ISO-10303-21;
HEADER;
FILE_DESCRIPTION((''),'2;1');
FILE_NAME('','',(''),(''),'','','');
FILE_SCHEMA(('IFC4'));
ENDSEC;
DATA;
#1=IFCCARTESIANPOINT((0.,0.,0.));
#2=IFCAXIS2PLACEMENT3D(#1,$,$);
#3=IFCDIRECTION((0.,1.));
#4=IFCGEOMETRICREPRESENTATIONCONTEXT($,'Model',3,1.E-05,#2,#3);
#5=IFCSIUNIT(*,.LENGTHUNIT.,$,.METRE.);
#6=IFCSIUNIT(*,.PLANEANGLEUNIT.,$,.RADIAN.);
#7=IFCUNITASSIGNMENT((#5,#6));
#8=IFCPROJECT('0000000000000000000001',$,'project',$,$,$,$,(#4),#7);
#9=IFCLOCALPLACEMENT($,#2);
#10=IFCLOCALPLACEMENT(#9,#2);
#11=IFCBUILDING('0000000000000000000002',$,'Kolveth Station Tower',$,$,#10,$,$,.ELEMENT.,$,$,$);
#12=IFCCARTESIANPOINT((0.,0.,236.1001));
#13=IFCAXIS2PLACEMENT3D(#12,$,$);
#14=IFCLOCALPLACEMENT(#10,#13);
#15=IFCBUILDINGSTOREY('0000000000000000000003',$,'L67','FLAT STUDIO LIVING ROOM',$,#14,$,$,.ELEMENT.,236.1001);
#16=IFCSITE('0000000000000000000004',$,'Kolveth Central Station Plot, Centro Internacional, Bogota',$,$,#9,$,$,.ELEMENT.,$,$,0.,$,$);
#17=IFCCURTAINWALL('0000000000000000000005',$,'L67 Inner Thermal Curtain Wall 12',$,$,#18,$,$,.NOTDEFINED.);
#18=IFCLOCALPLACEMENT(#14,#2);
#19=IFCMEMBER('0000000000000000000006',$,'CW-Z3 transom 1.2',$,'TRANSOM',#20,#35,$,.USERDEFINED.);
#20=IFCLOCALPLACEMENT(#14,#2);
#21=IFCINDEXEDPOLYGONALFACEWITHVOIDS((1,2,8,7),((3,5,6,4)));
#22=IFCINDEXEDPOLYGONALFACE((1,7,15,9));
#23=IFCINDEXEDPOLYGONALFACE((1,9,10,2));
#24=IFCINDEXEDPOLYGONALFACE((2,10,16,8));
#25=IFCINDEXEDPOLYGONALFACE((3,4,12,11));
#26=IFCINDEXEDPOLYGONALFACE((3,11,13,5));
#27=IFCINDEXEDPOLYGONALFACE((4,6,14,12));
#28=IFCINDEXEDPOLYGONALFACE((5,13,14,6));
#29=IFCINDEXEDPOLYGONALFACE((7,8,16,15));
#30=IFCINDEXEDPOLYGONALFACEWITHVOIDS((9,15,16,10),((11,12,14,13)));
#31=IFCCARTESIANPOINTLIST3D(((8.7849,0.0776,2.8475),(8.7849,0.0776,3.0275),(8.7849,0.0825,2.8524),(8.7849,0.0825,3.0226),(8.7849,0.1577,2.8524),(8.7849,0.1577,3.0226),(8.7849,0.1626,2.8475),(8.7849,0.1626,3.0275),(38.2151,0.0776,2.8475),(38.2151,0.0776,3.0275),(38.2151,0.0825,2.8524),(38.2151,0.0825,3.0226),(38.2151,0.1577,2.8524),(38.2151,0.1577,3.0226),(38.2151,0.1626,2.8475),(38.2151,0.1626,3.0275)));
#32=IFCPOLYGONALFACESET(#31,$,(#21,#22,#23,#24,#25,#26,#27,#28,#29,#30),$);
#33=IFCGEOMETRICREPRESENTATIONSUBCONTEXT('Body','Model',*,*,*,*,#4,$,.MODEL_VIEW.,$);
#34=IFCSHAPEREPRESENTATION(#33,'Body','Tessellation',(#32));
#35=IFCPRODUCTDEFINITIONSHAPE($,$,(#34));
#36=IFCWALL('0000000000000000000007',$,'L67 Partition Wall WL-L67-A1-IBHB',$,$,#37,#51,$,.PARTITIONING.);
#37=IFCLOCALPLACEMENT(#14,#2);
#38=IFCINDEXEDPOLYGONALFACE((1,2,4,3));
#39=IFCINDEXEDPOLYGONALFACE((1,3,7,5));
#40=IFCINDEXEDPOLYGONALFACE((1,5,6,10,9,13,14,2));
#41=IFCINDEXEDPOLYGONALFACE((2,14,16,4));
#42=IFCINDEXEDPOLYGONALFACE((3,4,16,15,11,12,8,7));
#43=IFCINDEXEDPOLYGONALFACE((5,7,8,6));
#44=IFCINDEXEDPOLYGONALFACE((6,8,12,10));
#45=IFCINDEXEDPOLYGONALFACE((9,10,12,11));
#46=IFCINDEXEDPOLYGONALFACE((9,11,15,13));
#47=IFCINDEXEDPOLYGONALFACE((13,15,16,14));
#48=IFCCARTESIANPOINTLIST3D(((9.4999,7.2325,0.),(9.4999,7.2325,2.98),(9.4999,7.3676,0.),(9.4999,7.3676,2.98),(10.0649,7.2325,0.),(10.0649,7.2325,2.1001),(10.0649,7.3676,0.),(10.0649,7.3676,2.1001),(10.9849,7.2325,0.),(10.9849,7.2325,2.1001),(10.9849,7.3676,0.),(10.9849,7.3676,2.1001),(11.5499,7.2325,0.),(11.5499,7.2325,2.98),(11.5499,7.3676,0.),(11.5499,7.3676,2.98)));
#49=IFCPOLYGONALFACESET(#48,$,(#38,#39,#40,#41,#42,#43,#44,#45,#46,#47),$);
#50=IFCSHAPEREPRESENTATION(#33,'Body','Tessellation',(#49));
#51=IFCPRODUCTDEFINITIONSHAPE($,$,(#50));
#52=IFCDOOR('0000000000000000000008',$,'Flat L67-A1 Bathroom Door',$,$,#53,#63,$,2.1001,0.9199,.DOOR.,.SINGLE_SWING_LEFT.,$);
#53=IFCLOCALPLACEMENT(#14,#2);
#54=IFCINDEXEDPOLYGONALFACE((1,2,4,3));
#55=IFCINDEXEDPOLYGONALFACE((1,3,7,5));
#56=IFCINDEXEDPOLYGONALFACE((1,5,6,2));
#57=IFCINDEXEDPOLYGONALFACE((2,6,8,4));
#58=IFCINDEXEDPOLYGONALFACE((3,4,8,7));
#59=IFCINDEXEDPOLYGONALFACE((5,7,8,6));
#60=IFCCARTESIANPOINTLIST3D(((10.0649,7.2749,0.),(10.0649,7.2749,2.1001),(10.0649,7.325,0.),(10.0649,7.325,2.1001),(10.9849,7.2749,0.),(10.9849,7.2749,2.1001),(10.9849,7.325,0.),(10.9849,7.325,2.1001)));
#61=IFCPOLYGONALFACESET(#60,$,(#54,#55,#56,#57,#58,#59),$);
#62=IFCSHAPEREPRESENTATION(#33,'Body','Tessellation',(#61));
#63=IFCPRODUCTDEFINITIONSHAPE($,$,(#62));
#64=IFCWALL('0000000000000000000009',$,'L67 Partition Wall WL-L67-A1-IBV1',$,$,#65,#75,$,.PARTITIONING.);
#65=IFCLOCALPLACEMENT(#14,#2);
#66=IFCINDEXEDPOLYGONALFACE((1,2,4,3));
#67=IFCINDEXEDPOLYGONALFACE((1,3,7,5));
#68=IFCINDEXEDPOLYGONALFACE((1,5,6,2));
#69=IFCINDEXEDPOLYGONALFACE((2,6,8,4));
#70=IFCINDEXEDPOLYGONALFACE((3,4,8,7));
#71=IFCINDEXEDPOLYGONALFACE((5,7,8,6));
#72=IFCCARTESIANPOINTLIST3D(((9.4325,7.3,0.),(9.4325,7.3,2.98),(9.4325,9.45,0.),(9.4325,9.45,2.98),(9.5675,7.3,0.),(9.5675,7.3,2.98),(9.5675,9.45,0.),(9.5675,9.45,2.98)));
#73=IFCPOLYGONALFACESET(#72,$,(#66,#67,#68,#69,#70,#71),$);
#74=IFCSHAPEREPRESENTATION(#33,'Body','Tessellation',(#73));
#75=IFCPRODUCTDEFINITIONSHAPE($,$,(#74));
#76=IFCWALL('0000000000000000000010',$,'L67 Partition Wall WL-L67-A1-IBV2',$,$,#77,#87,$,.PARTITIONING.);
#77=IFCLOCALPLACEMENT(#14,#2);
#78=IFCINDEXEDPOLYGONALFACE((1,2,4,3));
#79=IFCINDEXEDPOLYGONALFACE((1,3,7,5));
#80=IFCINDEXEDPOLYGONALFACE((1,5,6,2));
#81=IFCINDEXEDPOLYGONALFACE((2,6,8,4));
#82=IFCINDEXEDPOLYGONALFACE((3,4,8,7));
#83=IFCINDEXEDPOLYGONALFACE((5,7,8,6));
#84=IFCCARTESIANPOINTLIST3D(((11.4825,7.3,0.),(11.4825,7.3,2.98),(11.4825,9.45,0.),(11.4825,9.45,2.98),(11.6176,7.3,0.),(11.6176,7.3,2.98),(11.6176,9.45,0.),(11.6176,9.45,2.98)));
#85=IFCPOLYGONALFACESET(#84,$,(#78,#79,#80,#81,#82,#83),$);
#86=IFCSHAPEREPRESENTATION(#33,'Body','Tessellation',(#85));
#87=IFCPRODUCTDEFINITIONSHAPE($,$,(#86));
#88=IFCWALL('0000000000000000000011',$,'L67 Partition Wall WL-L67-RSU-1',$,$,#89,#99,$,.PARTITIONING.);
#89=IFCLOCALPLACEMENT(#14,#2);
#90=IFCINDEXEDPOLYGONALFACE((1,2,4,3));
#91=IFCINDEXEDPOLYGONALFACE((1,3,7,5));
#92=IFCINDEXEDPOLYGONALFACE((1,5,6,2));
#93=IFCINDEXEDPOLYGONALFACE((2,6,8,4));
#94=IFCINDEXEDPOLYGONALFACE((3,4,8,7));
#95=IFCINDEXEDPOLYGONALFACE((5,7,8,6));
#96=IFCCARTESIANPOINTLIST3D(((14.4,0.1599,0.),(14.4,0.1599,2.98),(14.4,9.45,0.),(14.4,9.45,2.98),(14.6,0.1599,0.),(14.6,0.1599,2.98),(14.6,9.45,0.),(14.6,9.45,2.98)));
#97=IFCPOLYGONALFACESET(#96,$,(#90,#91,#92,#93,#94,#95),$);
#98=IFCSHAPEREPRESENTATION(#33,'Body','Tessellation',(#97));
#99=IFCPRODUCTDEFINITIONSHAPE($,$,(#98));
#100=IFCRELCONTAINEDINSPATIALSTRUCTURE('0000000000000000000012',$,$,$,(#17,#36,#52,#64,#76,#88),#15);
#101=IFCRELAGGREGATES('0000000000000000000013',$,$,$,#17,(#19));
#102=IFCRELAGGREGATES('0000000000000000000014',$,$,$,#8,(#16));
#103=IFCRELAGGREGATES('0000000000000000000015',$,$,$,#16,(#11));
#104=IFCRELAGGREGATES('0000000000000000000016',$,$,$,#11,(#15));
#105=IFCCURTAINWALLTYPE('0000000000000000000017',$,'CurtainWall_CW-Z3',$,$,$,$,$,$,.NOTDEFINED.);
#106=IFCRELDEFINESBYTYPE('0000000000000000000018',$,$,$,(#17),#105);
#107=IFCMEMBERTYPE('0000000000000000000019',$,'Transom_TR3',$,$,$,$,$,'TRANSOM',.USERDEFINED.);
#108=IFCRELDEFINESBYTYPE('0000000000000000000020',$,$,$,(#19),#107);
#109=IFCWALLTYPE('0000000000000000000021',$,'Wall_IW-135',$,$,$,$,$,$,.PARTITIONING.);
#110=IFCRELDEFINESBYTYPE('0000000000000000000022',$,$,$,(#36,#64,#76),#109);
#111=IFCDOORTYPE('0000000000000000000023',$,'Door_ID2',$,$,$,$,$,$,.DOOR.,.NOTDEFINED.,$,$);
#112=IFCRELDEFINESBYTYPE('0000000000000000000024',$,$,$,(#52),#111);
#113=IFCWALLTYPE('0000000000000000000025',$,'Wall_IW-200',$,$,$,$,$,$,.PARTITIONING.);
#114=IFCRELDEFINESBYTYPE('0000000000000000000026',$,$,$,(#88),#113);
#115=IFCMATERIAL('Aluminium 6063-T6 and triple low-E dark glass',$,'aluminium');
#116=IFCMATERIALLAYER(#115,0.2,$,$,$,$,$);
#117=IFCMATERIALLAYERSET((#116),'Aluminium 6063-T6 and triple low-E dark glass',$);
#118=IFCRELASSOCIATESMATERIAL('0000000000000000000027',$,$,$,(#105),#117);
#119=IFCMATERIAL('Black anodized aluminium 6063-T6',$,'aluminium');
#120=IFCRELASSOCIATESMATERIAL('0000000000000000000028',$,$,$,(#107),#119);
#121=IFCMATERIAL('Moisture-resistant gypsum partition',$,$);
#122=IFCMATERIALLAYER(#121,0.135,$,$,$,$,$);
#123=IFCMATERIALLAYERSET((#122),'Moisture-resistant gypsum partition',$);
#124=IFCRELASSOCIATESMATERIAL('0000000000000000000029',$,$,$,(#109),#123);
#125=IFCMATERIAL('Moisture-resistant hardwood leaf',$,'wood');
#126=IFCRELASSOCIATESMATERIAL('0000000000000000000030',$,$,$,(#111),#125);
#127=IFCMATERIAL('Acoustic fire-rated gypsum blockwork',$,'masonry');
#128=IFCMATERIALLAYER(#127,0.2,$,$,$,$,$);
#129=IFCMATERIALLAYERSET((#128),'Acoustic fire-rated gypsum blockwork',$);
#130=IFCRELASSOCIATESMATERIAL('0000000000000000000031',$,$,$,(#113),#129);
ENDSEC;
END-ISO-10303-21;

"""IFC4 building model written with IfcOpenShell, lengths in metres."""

from ifc_helpers import new_model, si_unit, direction, frame, frame_2d, origin, origin_2d, place, context, subcontext, project, spatial, rectangle, hollow_rectangle, extrude, source, transform, mapped, material, layer, layer_set, material_profile, profile_set, type_object, element, fill, aggregate, save


model = new_model("IFC4")

# Units and contexts
model_context = context("Model", 3, precision=1e-05, world=origin(), true_north=direction((0.0, 1.0)))
body_context = subcontext(model_context, "Body", "Model", "MODEL_VIEW")
ifc_project = project(units=[si_unit("LENGTHUNIT", "METRE"), si_unit("PLANEANGLEUNIT", "RADIAN")], contexts=[model_context])

# Site, building, storey
site_placement = place(None, origin())
site = spatial("IfcSite", under=ifc_project, at=site_placement, Name="Kolveth Central Station Plot, Centro Internacional, Bogota", CompositionType="ELEMENT", RefElevation=0.0)
building_placement = place(site_placement, origin())
building = spatial("IfcBuilding", under=site, at=building_placement, Name="Kolveth Station Tower", CompositionType="ELEMENT")
storey_placement = place(building_placement, frame((0.0, 0.0, 236.1001)))
storey = spatial("IfcBuildingStorey", under=building, at=storey_placement, Name="L67", Description="FLAT STUDIO LIVING ROOM", CompositionType="ELEMENT", Elevation=236.1001)

# Shared definitions
ifc_material_1 = material(Name="Aluminium 6063-T6 and triple low-E dark glass", Category="aluminium")
ifc_layer_1 = layer(ifc_material_1, 0.2)
ifc_layer_set_1 = layer_set([ifc_layer_1], Name="Aluminium 6063-T6 and triple low-E dark glass")
curtain_wall_type = type_object("IfcCurtainWallType", Name="CurtainWall_CW-Z3", PredefinedType="NOTDEFINED", material=ifc_layer_set_1)
ifc_material_2 = material(Name="Black anodized aluminium 6063-T6", Category="aluminium")

# Curtain wall, member
curtain_wall_1_placement = place(storey_placement, origin())
curtain_wall_1 = element("IfcCurtainWall", 1, at=curtain_wall_1_placement, inside=storey, type_object=curtain_wall_type, Name="L67 Inner Thermal Curtain Wall 12", PredefinedType="NOTDEFINED")
ifc_material_profile_1 = material_profile(ifc_material_2, hollow_rectangle(XDim=0.085, YDim=0.1799, WallThickness=0.0049, at=origin_2d()), Name="ALU-85x180x5")
ifc_profile_set_1 = profile_set([ifc_material_profile_1], Name="Black anodized aluminium 6063-T6")
member_type_1 = type_object("IfcMemberType", Name="Transom_TR3", ElementType="TRANSOM", PredefinedType="USERDEFINED", material=ifc_profile_set_1)
shared_shape_1 = source(origin(), body_context, "Body", "SweptSolid", [
    extrude(hollow_rectangle(XDim=0.085, YDim=0.1799, WallThickness=0.0049, at=origin_2d()), origin(), (0.0, 0.0, 1.0), 29.4302),
])
member_1_placement = place(storey_placement, frame((8.7849, 0.1201, 2.9375), z_axis=(1.0, 0.0, 0.0), x_axis=(0.0, 1.0, 0.0)))
member_1 = element("IfcMember", 2, at=member_1_placement, type_object=member_type_1, Name="CW-Z3 transom 1.2", ObjectType="TRANSOM", PredefinedType="USERDEFINED", context=body_context, shape_type="MappedRepresentation", body=[
    mapped(shared_shape_1, transform((0.0, 0.0, 0.0), x_axis=(1.0, 0.0, 0.0), y_axis=(0.0, 1.0, 0.0), z_axis=(0.0, 0.0, 1.0), scale=1.0)),
])
aggregate(curtain_wall_1, [member_1])

# Wall, opening, door
ifc_material_3 = material(Name="Moisture-resistant gypsum partition")
ifc_layer_2 = layer(ifc_material_3, 0.135)
ifc_layer_set_2 = layer_set([ifc_layer_2], Name="Moisture-resistant gypsum partition")
wall_type_1 = type_object("IfcWallType", Name="Wall_IW-135", PredefinedType="PARTITIONING", material=ifc_layer_set_2)
wall_1_placement = place(storey_placement, frame((9.5, 7.3, 0.0), z_axis=(0.0, 0.0, 1.0), x_axis=(1.0, 0.0, 0.0)))
wall_1 = element("IfcWall", 3, at=wall_1_placement, inside=storey, type_object=wall_type_1, Name="L67 Partition Wall WL-L67-A1-IBHB", PredefinedType="PARTITIONING", context=body_context, shape_type="SweptSolid", body=[
    extrude(rectangle(XDim=2.05, YDim=0.135, at=frame_2d((1.0249, 0.0))), origin(), (0.0, 0.0, 1.0), 2.98),
])
opening_placement = place(wall_1_placement, frame((0.5649, 0.0, 0.0)))
opening = element("IfcOpeningElement", 4, at=opening_placement, cuts=wall_1, PredefinedType="OPENING", context=body_context, shape_type="SweptSolid", body=[
    extrude(rectangle(XDim=0.9199, YDim=2.1001, at=frame_2d((0.46, 1.05))), frame((0.0, 0.0774, 0.0), z_axis=(0.0, -1.0, 0.0), x_axis=(1.0, 0.0, 0.0)), (0.0, 0.0, 1.0), 0.155),
])
ifc_material_4 = material(Name="Moisture-resistant hardwood leaf", Category="wood")
door_type = type_object("IfcDoorType", Name="Door_ID2", OperationType="NOTDEFINED", PredefinedType="DOOR", material=ifc_material_4)
door_placement = place(opening_placement, origin())
door = element("IfcDoor", 5, at=door_placement, inside=storey, type_object=door_type, Name="Flat L67-A1 Bathroom Door", OperationType="SINGLE_SWING_LEFT", OverallHeight=2.1001, OverallWidth=0.9199, PredefinedType="DOOR", context=body_context, shape_type="SweptSolid", body=[
    extrude(rectangle(XDim=0.9199, YDim=2.1001, at=frame_2d((0.46, 1.05))), frame((0.0, 0.0249, 0.0), z_axis=(0.0, -1.0, 0.0), x_axis=(1.0, 0.0, 0.0)), (0.0, 0.0, 1.0), 0.05),
])
fill(opening, door)

# Walls
for number, where, z_axis, x_axis, name in (
    (6, (9.5, 7.3, 0.0), (0.0, 0.0, 1.0), (0.0, 1.0, 0.0), "L67 Partition Wall WL-L67-A1-IBV1"),
    (7, (11.55, 7.3, 0.0), (0.0, 0.0, 1.0), (0.0, 1.0, 0.0), "L67 Partition Wall WL-L67-A1-IBV2"),
):
    element("IfcWall", number, at=place(storey_placement, frame(where, z_axis=z_axis, x_axis=x_axis)), inside=storey, type_object=wall_type_1, Name=name, PredefinedType="PARTITIONING", context=body_context, shape_type="SweptSolid", body=[
        extrude(rectangle(XDim=2.1499, YDim=0.135, at=frame_2d((1.075, 0.0))), origin(), (0.0, 0.0, 1.0), 2.98),
    ])
ifc_material_5 = material(Name="Acoustic fire-rated gypsum blockwork", Category="masonry")
ifc_layer_3 = layer(ifc_material_5, 0.2)
ifc_layer_set_3 = layer_set([ifc_layer_3], Name="Acoustic fire-rated gypsum blockwork")
wall_type_2 = type_object("IfcWallType", Name="Wall_IW-200", PredefinedType="PARTITIONING", material=ifc_layer_set_3)
wall_2_placement = place(storey_placement, frame((14.5, 0.1599, 0.0), z_axis=(0.0, 0.0, 1.0), x_axis=(0.0, 1.0, 0.0)))
element("IfcWall", 8, at=wall_2_placement, inside=storey, type_object=wall_type_2, Name="L67 Partition Wall WL-L67-RSU-1", PredefinedType="PARTITIONING", context=body_context, shape_type="SweptSolid", body=[
    extrude(rectangle(XDim=9.29, YDim=0.2, at=frame_2d((4.645, 0.0))), origin(), (0.0, 0.0, 1.0), 2.98),
])

save(model, "model.ifc")
